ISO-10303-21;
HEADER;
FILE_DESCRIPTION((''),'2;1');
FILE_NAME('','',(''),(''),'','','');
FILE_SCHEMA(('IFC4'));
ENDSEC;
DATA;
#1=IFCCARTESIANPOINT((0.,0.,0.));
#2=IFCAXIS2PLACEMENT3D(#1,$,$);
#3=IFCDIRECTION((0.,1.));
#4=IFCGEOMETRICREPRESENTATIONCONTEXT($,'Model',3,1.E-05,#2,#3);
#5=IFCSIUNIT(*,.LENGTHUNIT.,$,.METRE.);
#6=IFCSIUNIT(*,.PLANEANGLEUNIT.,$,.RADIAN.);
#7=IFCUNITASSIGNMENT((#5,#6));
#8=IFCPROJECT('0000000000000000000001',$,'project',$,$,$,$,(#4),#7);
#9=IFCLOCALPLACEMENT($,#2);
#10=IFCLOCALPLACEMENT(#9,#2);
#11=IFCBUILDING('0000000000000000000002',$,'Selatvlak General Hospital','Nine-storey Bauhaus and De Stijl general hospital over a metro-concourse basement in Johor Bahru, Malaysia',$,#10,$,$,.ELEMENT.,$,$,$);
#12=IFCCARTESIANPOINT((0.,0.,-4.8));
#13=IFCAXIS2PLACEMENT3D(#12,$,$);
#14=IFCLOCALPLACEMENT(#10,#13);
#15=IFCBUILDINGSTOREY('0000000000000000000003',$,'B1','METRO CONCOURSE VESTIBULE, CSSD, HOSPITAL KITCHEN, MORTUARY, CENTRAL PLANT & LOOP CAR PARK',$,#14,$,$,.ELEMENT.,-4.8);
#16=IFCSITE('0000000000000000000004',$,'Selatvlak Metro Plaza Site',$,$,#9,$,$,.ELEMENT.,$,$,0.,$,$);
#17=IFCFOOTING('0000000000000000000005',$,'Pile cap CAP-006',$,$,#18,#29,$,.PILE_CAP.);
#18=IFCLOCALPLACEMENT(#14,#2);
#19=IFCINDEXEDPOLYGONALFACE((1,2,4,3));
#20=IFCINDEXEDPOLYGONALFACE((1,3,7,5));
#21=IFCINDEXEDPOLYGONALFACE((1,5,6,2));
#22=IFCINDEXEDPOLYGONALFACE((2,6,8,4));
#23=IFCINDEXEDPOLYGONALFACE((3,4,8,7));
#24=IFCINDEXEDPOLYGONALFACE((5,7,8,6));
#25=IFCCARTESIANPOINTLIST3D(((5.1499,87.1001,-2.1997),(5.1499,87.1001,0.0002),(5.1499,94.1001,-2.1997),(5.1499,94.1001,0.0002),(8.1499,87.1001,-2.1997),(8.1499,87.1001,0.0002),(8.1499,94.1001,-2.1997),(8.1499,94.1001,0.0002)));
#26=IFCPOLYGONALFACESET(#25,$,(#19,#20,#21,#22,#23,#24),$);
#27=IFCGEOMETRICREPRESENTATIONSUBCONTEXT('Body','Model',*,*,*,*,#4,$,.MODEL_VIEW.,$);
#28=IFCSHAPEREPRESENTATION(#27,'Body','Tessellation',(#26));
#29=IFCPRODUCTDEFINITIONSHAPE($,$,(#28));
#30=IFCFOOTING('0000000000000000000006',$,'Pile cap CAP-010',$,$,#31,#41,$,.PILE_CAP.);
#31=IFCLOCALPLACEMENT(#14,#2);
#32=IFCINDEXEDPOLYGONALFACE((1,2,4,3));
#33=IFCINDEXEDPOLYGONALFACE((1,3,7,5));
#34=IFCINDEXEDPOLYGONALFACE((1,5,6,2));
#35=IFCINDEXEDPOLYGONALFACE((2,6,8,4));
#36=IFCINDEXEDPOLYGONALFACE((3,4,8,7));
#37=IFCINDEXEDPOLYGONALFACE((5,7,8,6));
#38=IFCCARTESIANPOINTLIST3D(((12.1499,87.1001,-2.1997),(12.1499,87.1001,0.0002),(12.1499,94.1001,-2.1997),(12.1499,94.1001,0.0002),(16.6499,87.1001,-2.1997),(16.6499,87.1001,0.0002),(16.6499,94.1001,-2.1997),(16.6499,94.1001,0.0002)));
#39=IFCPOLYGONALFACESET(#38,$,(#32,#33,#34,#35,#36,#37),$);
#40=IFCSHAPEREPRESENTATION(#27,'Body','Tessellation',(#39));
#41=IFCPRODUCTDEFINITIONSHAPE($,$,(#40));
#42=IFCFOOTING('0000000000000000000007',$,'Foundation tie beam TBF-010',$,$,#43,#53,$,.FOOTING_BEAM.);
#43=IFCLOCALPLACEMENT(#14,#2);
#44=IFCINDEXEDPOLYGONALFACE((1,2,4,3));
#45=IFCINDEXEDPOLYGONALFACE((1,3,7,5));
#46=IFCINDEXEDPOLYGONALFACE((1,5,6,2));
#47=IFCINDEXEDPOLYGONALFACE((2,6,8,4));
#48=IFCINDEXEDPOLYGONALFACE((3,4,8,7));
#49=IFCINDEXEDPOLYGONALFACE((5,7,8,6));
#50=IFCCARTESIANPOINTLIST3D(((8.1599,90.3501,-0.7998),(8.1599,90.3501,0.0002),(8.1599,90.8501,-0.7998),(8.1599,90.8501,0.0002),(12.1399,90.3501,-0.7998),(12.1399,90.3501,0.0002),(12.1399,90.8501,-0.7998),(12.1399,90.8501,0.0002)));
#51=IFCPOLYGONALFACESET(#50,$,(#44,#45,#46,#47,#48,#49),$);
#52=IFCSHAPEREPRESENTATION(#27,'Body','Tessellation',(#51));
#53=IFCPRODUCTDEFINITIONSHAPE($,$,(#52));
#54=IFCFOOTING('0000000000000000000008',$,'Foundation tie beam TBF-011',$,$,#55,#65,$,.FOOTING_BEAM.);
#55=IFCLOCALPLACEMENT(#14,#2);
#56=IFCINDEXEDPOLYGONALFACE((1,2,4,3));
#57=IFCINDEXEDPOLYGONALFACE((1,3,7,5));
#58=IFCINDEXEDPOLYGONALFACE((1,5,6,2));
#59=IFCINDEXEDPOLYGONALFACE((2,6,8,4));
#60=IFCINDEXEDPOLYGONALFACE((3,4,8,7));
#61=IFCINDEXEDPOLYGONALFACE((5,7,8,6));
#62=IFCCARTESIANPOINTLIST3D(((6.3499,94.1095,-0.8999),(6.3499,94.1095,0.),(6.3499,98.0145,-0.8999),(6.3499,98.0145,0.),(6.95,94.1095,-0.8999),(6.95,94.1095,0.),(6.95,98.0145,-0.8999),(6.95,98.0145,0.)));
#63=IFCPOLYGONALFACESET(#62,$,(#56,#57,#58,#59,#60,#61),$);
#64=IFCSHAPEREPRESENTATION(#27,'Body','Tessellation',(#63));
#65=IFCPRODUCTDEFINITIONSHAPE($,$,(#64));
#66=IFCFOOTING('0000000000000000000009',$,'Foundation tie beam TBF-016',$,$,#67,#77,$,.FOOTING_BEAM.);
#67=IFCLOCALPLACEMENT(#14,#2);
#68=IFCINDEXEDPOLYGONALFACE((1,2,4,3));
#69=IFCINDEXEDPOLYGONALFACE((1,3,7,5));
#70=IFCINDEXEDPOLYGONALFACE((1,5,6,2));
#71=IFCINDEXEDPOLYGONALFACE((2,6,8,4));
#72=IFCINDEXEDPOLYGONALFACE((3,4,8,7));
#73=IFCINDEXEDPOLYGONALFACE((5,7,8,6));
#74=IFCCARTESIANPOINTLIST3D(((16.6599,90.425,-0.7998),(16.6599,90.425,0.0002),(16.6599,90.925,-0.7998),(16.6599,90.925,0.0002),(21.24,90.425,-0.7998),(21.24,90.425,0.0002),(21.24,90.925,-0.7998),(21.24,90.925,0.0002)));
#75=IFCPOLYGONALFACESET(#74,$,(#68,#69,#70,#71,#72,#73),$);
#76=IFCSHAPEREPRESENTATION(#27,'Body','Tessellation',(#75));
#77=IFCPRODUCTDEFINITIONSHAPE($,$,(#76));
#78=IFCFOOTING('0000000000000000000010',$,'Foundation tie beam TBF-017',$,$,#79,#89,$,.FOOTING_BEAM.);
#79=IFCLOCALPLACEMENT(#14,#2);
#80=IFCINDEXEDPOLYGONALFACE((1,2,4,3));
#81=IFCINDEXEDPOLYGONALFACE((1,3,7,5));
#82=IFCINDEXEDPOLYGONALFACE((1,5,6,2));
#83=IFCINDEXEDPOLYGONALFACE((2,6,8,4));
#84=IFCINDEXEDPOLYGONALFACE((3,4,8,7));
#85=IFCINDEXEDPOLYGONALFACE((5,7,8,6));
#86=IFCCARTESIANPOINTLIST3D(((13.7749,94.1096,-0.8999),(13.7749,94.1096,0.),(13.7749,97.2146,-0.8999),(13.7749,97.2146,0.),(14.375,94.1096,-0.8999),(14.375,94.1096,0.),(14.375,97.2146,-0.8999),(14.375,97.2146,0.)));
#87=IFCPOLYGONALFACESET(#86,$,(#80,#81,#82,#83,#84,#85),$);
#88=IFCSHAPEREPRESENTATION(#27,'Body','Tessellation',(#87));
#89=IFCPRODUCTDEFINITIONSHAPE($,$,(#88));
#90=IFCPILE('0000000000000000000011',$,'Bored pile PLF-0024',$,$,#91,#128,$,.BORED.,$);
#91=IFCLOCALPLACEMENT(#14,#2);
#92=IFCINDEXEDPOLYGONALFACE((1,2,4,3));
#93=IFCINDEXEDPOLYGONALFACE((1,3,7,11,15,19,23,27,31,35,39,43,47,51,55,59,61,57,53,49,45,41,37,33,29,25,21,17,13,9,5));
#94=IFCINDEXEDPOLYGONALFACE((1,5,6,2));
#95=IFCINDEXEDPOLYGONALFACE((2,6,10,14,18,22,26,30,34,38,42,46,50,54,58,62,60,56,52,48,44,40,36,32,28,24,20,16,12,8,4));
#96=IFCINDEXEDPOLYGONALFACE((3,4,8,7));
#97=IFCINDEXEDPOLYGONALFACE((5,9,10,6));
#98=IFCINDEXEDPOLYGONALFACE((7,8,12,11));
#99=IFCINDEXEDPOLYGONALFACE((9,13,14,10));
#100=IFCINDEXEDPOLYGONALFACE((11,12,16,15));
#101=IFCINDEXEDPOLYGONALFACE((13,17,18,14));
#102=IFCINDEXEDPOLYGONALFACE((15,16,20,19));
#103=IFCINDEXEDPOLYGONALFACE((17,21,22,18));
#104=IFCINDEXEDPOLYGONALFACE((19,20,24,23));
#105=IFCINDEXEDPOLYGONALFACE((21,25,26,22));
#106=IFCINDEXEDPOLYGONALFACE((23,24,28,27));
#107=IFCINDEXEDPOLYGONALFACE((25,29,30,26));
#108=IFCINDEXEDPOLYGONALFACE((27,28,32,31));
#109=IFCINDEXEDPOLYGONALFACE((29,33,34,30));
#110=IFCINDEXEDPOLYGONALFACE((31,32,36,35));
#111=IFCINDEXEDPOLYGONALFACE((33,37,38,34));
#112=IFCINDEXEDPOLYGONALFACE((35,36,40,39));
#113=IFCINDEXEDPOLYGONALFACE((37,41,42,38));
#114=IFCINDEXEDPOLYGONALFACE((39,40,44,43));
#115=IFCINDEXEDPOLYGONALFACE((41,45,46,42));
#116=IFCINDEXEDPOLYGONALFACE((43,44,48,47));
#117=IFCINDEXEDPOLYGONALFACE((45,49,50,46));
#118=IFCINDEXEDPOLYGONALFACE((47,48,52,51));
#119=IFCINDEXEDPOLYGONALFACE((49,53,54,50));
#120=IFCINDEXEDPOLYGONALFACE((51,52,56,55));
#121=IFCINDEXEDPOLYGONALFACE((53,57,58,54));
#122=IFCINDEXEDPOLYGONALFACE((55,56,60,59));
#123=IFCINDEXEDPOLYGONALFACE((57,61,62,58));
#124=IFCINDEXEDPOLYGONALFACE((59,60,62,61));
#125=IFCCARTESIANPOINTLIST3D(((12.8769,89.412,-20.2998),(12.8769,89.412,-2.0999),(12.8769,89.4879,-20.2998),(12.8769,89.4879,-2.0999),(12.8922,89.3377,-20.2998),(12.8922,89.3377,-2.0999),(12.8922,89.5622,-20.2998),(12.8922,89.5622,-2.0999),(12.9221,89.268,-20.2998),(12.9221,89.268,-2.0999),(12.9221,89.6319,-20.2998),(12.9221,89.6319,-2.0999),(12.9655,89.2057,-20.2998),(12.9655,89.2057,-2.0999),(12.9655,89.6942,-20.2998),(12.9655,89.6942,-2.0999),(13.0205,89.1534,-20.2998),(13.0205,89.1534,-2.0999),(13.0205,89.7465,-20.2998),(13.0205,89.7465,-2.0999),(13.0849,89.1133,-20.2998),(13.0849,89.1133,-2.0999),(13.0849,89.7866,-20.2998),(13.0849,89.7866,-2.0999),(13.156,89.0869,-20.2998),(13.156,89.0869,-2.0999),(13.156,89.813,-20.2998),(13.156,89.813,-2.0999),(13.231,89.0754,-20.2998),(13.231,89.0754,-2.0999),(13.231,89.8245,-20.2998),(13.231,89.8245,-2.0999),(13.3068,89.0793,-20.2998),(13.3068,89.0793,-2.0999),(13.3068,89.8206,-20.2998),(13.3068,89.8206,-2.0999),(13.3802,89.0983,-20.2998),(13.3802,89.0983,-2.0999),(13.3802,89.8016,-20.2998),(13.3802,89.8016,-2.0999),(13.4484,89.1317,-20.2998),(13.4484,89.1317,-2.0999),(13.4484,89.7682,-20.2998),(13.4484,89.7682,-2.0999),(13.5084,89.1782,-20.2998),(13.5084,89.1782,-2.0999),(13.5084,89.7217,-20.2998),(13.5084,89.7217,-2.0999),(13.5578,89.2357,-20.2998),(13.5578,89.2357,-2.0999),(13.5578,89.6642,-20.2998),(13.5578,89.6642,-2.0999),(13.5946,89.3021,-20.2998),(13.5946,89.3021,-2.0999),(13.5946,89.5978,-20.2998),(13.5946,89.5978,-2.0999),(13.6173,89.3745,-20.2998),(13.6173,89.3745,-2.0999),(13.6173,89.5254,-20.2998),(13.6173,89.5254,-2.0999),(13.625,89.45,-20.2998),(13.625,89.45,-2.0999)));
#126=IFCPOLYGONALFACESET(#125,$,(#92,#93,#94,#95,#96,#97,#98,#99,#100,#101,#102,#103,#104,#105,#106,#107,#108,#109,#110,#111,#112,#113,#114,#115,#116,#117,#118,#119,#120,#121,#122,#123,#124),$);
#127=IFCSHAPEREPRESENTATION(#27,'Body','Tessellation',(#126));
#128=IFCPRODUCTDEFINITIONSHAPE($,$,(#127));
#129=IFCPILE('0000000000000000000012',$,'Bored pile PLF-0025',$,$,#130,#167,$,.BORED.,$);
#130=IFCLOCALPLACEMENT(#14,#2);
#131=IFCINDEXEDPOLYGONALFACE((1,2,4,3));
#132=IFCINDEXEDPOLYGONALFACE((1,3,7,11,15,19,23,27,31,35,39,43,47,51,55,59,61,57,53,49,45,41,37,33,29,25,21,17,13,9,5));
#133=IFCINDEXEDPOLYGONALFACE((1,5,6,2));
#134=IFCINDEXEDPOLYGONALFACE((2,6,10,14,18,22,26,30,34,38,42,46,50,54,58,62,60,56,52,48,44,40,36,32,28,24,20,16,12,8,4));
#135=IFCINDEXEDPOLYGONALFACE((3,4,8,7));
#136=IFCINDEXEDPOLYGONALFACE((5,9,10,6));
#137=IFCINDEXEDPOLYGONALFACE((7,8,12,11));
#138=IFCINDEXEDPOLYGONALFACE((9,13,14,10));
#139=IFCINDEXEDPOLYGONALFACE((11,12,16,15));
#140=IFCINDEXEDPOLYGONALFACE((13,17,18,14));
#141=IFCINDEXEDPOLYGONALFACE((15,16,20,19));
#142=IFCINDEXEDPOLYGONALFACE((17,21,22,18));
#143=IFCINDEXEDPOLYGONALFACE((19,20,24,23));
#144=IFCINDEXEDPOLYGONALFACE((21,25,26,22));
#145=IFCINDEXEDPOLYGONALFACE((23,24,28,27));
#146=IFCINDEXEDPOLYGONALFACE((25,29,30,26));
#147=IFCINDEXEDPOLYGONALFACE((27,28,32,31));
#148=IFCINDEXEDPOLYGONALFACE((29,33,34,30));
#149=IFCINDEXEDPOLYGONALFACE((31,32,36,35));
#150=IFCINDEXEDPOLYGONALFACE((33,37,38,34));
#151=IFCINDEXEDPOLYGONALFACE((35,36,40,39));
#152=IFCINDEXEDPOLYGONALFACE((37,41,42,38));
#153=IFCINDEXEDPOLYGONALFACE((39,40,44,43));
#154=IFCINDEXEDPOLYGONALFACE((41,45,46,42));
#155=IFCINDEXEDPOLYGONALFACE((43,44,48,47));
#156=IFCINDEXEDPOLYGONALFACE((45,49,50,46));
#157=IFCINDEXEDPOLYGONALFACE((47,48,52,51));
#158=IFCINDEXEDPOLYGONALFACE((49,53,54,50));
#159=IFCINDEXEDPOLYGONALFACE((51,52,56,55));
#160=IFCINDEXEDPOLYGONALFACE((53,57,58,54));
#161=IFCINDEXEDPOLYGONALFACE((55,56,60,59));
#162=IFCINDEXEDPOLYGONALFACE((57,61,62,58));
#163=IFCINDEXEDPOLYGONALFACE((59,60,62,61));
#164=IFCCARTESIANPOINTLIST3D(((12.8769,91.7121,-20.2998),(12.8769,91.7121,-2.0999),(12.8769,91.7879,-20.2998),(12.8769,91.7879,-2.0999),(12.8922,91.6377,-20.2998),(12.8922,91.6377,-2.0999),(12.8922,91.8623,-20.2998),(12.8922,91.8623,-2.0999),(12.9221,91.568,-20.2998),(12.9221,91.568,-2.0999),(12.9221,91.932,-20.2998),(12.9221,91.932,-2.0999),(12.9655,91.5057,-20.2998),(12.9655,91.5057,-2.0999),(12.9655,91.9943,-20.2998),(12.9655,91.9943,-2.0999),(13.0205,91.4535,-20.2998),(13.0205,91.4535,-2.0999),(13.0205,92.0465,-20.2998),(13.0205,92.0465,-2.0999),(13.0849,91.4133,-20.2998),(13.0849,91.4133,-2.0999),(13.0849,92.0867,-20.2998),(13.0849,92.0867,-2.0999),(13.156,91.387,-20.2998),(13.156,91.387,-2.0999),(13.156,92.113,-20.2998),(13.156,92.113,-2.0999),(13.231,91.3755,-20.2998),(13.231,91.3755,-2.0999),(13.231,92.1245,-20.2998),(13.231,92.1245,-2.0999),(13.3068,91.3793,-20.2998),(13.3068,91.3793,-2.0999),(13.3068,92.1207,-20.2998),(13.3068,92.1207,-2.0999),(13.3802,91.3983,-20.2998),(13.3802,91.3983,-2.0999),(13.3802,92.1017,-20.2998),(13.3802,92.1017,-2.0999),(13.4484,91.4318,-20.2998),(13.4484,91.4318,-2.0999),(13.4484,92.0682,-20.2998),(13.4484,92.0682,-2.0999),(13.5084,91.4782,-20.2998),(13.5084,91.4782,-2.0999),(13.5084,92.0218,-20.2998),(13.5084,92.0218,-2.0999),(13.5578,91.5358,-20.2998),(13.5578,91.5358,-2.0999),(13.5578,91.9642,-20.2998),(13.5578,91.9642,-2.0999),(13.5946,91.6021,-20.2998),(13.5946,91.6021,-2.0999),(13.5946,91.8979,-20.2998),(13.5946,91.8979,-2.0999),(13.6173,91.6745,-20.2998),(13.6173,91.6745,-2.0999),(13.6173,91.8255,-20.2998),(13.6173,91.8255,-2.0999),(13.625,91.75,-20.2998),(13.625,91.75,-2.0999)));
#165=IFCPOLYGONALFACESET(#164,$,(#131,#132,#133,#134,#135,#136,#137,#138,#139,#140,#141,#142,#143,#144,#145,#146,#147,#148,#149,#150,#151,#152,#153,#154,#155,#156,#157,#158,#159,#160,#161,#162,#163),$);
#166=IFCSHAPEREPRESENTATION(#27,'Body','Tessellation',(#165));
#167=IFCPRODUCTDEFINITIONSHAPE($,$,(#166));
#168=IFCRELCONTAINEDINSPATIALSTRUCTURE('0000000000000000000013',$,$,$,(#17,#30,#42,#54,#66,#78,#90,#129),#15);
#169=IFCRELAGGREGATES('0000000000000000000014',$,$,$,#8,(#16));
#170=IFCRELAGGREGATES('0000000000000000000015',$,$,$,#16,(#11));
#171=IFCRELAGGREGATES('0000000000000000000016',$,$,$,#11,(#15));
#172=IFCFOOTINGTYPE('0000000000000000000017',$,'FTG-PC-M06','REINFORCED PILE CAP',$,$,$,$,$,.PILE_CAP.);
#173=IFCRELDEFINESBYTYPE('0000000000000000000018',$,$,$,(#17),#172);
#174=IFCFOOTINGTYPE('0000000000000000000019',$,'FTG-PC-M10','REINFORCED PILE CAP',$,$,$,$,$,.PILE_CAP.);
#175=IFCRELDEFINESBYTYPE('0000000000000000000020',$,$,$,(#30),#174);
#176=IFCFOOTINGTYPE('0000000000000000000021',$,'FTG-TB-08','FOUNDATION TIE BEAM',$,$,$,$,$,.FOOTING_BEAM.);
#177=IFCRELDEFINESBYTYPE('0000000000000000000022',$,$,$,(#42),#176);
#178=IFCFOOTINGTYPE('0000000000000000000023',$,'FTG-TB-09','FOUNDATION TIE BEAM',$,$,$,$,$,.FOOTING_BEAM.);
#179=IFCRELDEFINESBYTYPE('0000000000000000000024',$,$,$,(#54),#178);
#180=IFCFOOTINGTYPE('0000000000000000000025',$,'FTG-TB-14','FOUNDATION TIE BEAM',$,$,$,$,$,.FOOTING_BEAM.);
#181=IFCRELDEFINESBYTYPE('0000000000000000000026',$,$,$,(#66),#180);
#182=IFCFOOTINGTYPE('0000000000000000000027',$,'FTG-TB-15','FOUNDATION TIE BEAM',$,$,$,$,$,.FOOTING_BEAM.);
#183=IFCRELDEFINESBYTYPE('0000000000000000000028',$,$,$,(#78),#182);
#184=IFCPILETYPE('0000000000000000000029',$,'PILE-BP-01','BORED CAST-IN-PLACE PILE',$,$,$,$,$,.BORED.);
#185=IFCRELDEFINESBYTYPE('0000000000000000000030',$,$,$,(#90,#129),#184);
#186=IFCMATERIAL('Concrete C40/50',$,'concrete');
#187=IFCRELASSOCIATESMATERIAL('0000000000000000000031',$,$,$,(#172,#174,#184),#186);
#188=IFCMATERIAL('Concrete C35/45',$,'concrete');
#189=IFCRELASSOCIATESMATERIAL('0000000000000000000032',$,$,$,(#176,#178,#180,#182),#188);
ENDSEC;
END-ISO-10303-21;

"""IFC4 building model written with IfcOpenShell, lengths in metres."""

from ifc_helpers import new_model, si_unit, direction, frame, origin, origin_2d, place, context, subcontext, project, spatial, rectangle, circle, extrude, material, material_profile, profile_set, type_object, element, save


model = new_model("IFC4")

# Units and contexts
model_context = context("Model", 3, precision=1e-05, world=origin(), true_north=direction((0.0, 1.0)))
body_context = subcontext(model_context, "Body", "Model", "MODEL_VIEW")
ifc_project = project(units=[si_unit("LENGTHUNIT", "METRE"), si_unit("PLANEANGLEUNIT", "RADIAN")], contexts=[model_context])

# Site, building, storey
site_placement = place(None, origin())
site = spatial("IfcSite", under=ifc_project, at=site_placement, Name="Selatvlak Metro Plaza Site", CompositionType="ELEMENT", RefElevation=0.0)
building_placement = place(site_placement, origin())
building = spatial("IfcBuilding", under=site, at=building_placement, Name="Selatvlak General Hospital", Description="Nine-storey Bauhaus and De Stijl general hospital over a metro-concourse basement in Johor Bahru, Malaysia", CompositionType="ELEMENT")
storey_placement = place(building_placement, frame((0.0, 0.0, -4.8)))
storey = spatial("IfcBuildingStorey", under=building, at=storey_placement, Name="B1", Description="METRO CONCOURSE VESTIBULE, CSSD, HOSPITAL KITCHEN, MORTUARY, CENTRAL PLANT & LOOP CAR PARK", CompositionType="ELEMENT", Elevation=-4.8)

# Footings
ifc_material_1 = material(Name="Concrete C40/50", Category="concrete")
footing_type_1 = type_object("IfcFootingType", Name="FTG-PC-M06", Description="REINFORCED PILE CAP", PredefinedType="PILE_CAP", material=ifc_material_1)
footing_1_placement = place(storey_placement, frame((6.6499, 90.6001, -2.1997), z_axis=(0.0, 0.0, 1.0), x_axis=(1.0, 0.0, 0.0)))
element("IfcFooting", 1, at=footing_1_placement, inside=storey, type_object=footing_type_1, Name="Pile cap CAP-006", PredefinedType="PILE_CAP", context=body_context, shape_type="SweptSolid", body=[
    extrude(rectangle(XDim=3.0, YDim=7.0, at=origin_2d()), origin(), (0.0, 0.0, 1.0), 2.2),
])
footing_type_2 = type_object("IfcFootingType", Name="FTG-PC-M10", Description="REINFORCED PILE CAP", PredefinedType="PILE_CAP", material=ifc_material_1)
footing_2_placement = place(storey_placement, frame((14.3999, 90.6001, -2.1997), z_axis=(0.0, 0.0, 1.0), x_axis=(1.0, 0.0, 0.0)))
element("IfcFooting", 2, at=footing_2_placement, inside=storey, type_object=footing_type_2, Name="Pile cap CAP-010", PredefinedType="PILE_CAP", context=body_context, shape_type="SweptSolid", body=[
    extrude(rectangle(XDim=4.5, YDim=7.0, at=origin_2d()), origin(), (0.0, 0.0, 1.0), 2.2),
])
ifc_material_2 = material(Name="Concrete C35/45", Category="concrete")
footing_type_3 = type_object("IfcFootingType", Name="FTG-TB-08", Description="FOUNDATION TIE BEAM", PredefinedType="FOOTING_BEAM", material=ifc_material_2)
footing_3_placement = place(storey_placement, frame((10.1499, 90.6001, -0.7998), z_axis=(0.0, 0.0, 1.0), x_axis=(1.0, 0.0, 0.0)))
element("IfcFooting", 3, at=footing_3_placement, inside=storey, type_object=footing_type_3, Name="Foundation tie beam TBF-010", PredefinedType="FOOTING_BEAM", context=body_context, shape_type="SweptSolid", body=[
    extrude(rectangle(XDim=3.98, YDim=0.5, at=origin_2d()), origin(), (0.0, 0.0, 1.0), 0.8),
])
footing_type_4 = type_object("IfcFootingType", Name="FTG-TB-09", Description="FOUNDATION TIE BEAM", PredefinedType="FOOTING_BEAM", material=ifc_material_2)
footing_4_placement = place(storey_placement, frame((6.6499, 96.062, -0.8999), z_axis=(0.0, 0.0, 1.0), x_axis=(0.0, 1.0, 0.0)))
element("IfcFooting", 4, at=footing_4_placement, inside=storey, type_object=footing_type_4, Name="Foundation tie beam TBF-011", PredefinedType="FOOTING_BEAM", context=body_context, shape_type="SweptSolid", body=[
    extrude(rectangle(XDim=3.905, YDim=0.6001, at=origin_2d()), origin(), (0.0, 0.0, 1.0), 0.8999),
])
footing_type_5 = type_object("IfcFootingType", Name="FTG-TB-14", Description="FOUNDATION TIE BEAM", PredefinedType="FOOTING_BEAM", material=ifc_material_2)
footing_5_placement = place(storey_placement, frame((18.95, 90.675, -0.7998), z_axis=(0.0, 0.0, 1.0), x_axis=(1.0, 0.0, 0.0)))
element("IfcFooting", 5, at=footing_5_placement, inside=storey, type_object=footing_type_5, Name="Foundation tie beam TBF-016", PredefinedType="FOOTING_BEAM", context=body_context, shape_type="SweptSolid", body=[
    extrude(rectangle(XDim=4.5801, YDim=0.5, at=origin_2d()), origin(), (0.0, 0.0, 1.0), 0.8),
])
footing_type_6 = type_object("IfcFootingType", Name="FTG-TB-15", Description="FOUNDATION TIE BEAM", PredefinedType="FOOTING_BEAM", material=ifc_material_2)
footing_6_placement = place(storey_placement, frame((14.075, 95.6621, -0.8999), z_axis=(0.0, 0.0, 1.0), x_axis=(0.0, 1.0, 0.0)))
element("IfcFooting", 6, at=footing_6_placement, inside=storey, type_object=footing_type_6, Name="Foundation tie beam TBF-017", PredefinedType="FOOTING_BEAM", context=body_context, shape_type="SweptSolid", body=[
    extrude(rectangle(XDim=3.105, YDim=0.6001, at=origin_2d()), origin(), (0.0, 0.0, 1.0), 0.8999),
])

# Piles
ifc_material_profile_1 = material_profile(ifc_material_1, circle(Radius=0.375, at=origin_2d()), Name="BORED PILE 750")
ifc_profile_set_1 = profile_set([ifc_material_profile_1], Name="Concrete C40/50")
pile_type_1 = type_object("IfcPileType", Name="PILE-BP-01", Description="BORED CAST-IN-PLACE PILE", PredefinedType="BORED", material=ifc_profile_set_1)
for number, where, z_axis, x_axis, name in (
    (7, (13.25, 89.45, -2.0999), (0.0, 0.0, -1.0), (1.0, 0.0, 0.0), "Bored pile PLF-0024"),
    (8, (13.25, 91.75, -2.0999), (0.0, 0.0, -1.0), (1.0, 0.0, 0.0), "Bored pile PLF-0025"),
):
    element("IfcPile", number, at=place(storey_placement, frame(where, z_axis=z_axis, x_axis=x_axis)), inside=storey, type_object=pile_type_1, Name=name, PredefinedType="BORED", context=body_context, shape_type="SweptSolid", body=[
        extrude(circle(Radius=0.375, at=origin_2d()), origin(), (0.0, 0.0, 1.0), 18.2),
    ])

save(model, "model.ifc")
